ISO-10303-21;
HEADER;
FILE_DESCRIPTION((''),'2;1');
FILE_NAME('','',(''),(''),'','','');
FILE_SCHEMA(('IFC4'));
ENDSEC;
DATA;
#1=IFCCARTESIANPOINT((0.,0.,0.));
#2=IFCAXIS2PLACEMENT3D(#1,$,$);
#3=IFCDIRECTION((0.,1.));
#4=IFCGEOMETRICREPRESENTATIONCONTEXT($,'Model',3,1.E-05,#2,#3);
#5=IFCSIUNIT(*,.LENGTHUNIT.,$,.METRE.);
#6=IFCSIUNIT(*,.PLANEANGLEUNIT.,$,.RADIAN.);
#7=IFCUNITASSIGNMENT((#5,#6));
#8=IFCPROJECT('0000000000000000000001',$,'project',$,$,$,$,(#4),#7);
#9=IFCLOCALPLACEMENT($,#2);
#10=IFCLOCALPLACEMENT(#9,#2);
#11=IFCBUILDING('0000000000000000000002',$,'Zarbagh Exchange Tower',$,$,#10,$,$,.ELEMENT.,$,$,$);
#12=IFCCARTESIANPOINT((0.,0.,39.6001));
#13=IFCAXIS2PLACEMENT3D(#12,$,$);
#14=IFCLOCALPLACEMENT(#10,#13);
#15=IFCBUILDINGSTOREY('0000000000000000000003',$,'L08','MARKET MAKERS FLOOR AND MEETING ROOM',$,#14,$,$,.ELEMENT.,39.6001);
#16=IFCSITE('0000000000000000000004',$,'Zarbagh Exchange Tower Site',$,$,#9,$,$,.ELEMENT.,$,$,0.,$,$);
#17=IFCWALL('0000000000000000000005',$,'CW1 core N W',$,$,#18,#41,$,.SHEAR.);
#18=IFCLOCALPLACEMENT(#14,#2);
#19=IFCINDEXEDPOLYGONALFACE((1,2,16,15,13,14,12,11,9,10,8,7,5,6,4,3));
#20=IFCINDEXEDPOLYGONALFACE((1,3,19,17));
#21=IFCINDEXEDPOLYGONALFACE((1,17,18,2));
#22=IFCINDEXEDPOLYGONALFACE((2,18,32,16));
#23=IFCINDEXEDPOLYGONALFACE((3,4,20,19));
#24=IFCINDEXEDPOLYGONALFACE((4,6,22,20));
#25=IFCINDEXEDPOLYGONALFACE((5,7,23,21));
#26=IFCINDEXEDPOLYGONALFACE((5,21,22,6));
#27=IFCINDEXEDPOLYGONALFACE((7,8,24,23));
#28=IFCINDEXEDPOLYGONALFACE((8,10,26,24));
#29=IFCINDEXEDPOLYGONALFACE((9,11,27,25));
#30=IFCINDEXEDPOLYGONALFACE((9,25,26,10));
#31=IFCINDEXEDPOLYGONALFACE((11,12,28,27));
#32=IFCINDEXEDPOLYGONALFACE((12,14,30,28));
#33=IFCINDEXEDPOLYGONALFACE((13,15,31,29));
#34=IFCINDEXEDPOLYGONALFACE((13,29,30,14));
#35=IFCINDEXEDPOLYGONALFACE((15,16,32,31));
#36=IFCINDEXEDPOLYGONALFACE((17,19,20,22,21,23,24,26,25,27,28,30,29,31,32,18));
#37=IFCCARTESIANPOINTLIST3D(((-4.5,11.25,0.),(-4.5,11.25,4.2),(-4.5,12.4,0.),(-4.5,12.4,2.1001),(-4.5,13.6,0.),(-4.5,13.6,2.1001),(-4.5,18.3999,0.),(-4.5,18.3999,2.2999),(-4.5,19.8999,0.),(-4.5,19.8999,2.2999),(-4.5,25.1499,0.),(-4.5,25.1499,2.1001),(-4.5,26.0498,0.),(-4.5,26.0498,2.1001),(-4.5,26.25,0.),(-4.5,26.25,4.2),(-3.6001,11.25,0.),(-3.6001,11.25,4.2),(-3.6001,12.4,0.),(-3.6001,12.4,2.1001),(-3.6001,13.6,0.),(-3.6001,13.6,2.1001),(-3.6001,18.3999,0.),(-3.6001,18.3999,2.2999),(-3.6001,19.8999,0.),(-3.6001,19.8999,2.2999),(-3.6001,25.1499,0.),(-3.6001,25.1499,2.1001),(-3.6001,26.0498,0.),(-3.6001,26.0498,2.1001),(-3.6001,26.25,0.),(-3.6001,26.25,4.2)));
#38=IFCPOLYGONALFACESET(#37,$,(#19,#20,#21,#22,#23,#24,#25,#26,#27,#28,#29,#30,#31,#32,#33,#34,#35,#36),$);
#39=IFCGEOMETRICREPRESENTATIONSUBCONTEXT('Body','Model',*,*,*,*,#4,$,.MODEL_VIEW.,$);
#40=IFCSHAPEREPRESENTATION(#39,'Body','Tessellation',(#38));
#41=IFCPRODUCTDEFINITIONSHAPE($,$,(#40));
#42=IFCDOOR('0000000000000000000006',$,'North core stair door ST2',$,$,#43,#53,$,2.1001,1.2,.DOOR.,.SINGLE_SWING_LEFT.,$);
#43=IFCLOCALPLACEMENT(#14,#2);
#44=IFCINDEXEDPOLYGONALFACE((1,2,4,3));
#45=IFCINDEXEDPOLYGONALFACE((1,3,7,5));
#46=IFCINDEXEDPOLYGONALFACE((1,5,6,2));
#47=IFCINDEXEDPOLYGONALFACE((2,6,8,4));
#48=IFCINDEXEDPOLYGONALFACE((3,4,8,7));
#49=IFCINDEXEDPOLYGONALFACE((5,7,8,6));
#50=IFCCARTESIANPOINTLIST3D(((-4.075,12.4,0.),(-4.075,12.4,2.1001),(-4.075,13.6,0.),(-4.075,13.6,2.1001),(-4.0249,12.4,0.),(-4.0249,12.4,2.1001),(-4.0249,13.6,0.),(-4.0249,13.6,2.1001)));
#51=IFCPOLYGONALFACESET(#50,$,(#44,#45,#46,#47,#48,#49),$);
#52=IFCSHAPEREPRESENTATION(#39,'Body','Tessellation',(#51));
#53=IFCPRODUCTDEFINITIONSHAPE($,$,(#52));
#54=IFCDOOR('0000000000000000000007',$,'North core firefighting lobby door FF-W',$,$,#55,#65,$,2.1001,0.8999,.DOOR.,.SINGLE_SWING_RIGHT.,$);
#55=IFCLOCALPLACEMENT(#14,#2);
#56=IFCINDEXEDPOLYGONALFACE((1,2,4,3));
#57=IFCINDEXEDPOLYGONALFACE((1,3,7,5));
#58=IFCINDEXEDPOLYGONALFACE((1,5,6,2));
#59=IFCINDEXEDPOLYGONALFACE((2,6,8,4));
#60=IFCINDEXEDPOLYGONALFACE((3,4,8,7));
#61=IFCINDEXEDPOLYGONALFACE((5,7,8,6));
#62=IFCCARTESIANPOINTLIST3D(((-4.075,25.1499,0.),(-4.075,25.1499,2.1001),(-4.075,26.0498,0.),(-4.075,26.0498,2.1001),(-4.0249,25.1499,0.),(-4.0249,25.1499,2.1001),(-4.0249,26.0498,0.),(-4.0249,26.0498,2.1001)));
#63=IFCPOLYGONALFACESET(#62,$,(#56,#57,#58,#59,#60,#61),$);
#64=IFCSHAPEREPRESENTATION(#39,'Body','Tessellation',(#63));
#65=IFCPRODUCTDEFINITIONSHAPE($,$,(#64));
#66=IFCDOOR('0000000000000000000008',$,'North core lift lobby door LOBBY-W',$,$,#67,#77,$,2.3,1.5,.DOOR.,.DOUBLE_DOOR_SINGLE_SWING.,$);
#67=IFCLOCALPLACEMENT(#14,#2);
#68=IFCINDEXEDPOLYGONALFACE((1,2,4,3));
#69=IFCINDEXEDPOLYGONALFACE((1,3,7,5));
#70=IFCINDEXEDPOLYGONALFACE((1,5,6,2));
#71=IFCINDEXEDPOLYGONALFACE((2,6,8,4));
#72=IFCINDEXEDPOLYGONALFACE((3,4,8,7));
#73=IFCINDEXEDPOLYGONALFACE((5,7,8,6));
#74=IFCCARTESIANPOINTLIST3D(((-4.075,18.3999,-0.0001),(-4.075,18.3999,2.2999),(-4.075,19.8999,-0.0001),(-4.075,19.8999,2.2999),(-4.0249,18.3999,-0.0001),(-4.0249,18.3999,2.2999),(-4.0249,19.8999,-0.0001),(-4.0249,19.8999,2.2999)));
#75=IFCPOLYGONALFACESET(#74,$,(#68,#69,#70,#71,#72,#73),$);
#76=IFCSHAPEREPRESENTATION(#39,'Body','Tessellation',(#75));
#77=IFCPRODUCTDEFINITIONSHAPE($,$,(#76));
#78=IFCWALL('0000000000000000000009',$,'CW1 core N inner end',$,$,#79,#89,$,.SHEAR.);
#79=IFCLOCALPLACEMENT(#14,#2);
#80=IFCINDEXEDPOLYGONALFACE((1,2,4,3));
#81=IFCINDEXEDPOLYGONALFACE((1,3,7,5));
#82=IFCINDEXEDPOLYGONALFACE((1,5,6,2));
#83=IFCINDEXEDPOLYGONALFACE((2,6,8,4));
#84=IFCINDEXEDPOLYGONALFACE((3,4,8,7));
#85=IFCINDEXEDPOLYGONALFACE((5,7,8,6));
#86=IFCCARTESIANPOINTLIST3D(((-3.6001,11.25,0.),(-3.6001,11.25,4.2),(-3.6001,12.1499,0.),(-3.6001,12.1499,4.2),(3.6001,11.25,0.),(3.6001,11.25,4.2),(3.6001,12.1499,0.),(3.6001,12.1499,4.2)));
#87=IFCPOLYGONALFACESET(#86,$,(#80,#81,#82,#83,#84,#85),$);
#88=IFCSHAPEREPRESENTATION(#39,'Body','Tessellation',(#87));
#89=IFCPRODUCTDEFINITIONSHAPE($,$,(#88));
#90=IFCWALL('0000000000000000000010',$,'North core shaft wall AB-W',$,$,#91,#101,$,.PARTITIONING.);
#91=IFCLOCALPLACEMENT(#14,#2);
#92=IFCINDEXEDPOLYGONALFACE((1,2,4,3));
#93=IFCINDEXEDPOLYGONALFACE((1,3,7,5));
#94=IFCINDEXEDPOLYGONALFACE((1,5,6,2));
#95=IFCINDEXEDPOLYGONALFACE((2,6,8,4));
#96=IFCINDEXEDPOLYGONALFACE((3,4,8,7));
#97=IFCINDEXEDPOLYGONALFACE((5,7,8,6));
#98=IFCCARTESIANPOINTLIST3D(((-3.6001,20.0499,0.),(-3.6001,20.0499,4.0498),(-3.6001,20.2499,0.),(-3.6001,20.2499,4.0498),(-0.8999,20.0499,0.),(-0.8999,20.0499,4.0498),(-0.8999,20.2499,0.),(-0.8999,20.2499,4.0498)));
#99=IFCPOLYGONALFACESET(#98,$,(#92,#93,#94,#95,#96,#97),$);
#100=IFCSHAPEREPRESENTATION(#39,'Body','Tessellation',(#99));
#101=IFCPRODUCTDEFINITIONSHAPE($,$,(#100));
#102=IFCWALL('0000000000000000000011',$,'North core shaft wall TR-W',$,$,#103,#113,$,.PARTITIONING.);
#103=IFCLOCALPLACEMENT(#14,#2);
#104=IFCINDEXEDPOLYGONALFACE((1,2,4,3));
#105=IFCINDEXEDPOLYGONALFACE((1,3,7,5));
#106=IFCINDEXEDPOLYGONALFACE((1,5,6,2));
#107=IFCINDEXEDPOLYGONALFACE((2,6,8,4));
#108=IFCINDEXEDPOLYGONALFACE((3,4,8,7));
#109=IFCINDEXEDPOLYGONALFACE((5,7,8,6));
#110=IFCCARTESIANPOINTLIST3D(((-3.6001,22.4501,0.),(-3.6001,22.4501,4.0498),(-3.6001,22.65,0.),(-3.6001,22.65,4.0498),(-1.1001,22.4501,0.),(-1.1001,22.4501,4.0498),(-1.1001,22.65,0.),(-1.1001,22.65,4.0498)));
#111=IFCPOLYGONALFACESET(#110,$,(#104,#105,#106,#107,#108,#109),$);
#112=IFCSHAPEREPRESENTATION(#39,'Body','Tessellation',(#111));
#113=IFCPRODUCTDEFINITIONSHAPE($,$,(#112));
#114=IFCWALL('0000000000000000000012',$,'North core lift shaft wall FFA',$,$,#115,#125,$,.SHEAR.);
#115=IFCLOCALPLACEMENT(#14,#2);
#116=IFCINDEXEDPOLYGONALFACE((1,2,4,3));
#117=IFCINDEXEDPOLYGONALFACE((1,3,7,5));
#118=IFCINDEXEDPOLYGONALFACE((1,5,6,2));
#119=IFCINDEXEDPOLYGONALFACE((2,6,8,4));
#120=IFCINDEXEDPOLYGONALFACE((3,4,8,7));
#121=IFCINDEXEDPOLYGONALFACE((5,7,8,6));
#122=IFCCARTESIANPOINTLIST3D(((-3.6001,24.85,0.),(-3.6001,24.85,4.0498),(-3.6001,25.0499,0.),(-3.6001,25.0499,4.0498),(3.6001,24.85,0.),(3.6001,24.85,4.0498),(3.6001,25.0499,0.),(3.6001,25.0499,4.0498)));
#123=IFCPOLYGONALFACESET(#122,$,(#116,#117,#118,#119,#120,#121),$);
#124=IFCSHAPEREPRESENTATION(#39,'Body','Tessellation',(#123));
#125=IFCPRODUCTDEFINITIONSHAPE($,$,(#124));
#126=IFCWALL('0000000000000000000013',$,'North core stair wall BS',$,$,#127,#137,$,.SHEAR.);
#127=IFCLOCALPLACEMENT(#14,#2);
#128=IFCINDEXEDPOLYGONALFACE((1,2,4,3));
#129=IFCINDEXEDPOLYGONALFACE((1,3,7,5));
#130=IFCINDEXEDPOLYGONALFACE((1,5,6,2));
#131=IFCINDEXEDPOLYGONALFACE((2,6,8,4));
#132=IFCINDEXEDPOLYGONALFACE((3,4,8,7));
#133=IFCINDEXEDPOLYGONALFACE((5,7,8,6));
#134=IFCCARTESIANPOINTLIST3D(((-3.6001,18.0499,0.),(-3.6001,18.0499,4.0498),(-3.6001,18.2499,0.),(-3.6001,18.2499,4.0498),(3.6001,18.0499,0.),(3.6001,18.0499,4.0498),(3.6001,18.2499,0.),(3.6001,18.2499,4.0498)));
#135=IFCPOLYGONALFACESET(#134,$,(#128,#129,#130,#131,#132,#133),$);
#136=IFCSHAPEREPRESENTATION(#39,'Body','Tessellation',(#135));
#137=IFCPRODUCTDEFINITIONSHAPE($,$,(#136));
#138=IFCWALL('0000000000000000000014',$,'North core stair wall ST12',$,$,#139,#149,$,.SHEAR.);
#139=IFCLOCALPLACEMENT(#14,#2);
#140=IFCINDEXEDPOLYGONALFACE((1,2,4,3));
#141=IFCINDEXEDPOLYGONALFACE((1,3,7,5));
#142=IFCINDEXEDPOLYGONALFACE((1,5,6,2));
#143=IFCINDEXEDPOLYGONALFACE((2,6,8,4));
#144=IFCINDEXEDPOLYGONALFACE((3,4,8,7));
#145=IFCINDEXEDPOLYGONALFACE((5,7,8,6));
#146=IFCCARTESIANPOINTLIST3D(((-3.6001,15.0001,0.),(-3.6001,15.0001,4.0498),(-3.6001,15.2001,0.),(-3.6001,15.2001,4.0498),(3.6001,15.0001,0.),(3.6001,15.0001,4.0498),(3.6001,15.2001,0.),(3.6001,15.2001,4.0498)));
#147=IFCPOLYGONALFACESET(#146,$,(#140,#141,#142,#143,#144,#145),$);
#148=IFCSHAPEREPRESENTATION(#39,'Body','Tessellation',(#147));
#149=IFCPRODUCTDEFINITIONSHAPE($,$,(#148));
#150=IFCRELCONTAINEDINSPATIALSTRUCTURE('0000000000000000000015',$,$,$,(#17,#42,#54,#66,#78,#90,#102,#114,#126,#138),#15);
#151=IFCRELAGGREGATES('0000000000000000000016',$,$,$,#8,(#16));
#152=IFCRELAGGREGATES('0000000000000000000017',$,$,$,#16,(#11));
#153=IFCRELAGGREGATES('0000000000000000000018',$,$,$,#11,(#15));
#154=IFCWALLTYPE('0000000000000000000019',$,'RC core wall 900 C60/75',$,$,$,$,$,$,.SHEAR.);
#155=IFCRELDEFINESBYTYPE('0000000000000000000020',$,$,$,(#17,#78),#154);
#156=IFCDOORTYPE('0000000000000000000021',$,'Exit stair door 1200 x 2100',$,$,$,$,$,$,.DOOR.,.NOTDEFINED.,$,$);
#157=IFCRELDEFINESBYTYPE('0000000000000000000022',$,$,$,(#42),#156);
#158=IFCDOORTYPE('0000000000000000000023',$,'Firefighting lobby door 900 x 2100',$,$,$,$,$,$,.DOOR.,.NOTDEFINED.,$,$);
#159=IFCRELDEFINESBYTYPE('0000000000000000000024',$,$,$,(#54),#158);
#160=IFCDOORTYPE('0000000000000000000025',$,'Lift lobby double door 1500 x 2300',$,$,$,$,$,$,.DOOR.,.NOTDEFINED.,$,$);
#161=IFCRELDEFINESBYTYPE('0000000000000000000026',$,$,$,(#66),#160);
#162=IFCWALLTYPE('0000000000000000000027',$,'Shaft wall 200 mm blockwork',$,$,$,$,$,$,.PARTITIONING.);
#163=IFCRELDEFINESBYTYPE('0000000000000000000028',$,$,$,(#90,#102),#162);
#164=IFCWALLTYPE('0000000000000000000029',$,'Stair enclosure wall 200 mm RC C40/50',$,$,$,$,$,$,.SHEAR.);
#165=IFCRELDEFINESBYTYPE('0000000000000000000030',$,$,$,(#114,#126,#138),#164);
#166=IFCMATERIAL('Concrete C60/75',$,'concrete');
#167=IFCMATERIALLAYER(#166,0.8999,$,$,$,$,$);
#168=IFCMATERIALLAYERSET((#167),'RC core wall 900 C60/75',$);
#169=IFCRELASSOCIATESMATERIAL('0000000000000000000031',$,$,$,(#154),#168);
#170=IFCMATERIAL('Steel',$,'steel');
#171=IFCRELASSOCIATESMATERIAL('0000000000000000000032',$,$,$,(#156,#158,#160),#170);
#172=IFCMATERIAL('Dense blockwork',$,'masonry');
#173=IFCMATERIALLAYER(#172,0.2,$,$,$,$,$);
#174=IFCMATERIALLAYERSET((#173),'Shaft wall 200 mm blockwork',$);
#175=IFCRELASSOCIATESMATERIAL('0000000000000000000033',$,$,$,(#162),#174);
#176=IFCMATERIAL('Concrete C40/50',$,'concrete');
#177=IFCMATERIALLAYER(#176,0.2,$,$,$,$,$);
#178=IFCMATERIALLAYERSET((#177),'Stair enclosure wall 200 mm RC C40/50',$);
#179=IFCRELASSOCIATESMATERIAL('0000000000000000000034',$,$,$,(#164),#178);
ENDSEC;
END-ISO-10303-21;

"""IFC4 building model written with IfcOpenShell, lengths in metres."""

from ifc_helpers import new_model, si_unit, direction, frame, frame_2d, origin, place, context, subcontext, project, spatial, rectangle, extrude, material, layer, layer_set, type_object, element, fill, save


model = new_model("IFC4")

# Units and contexts
model_context = context("Model", 3, precision=1e-05, world=origin(), true_north=direction((0.0, 1.0)))
body_context = subcontext(model_context, "Body", "Model", "MODEL_VIEW")
ifc_project = project(units=[si_unit("LENGTHUNIT", "METRE"), si_unit("PLANEANGLEUNIT", "RADIAN")], contexts=[model_context])

# Site, building, storey
site_placement = place(None, origin())
site = spatial("IfcSite", under=ifc_project, at=site_placement, Name="Zarbagh Exchange Tower Site", CompositionType="ELEMENT", RefElevation=0.0)
building_placement = place(site_placement, origin())
building = spatial("IfcBuilding", under=site, at=building_placement, Name="Zarbagh Exchange Tower", CompositionType="ELEMENT")
storey_placement = place(building_placement, frame((0.0, 0.0, 39.6001)))
storey = spatial("IfcBuildingStorey", under=building, at=storey_placement, Name="L08", Description="MARKET MAKERS FLOOR AND MEETING ROOM", CompositionType="ELEMENT", Elevation=39.6001)

# Shared definitions
ifc_material_1 = material(Name="Concrete C60/75", Category="concrete")

# Wall, openings, doors
ifc_layer_1 = layer(ifc_material_1, 0.8999)
ifc_layer_set_1 = layer_set([ifc_layer_1], Name="RC core wall 900 C60/75")
wall_type_1 = type_object("IfcWallType", Name="RC core wall 900 C60/75", PredefinedType="SHEAR", material=ifc_layer_set_1)
wall_1_placement = place(storey_placement, frame((-4.05, 11.25, 0.0), z_axis=(0.0, 0.0, 1.0), x_axis=(0.0, 1.0, 0.0)))
wall_1 = element("IfcWall", 1, at=wall_1_placement, inside=storey, type_object=wall_type_1, Name="CW1 core N W", PredefinedType="SHEAR", context=body_context, shape_type="SweptSolid", body=[
    extrude(rectangle(XDim=15.0, YDim=0.8999, at=frame_2d((7.5, 0.0))), origin(), (0.0, 0.0, 1.0), 4.2),
])
opening_1_placement = place(wall_1_placement, frame((7.1499, 0.0, 0.0)))
opening_1 = element("IfcOpeningElement", 2, at=opening_1_placement, cuts=wall_1, PredefinedType="OPENING", context=body_context, shape_type="SweptSolid", body=[
    extrude(rectangle(XDim=1.5, YDim=2.3, at=frame_2d((0.75, 1.1499))), frame((0.0, 0.46, 0.0), z_axis=(0.0, -1.0, 0.0), x_axis=(1.0, 0.0, 0.0)), (0.0, 0.0, 1.0), 0.9199),
])
opening_2_placement = place(wall_1_placement, frame((13.8999, 0.0, 0.0)))
opening_2 = element("IfcOpeningElement", 3, at=opening_2_placement, cuts=wall_1, PredefinedType="OPENING", context=body_context, shape_type="SweptSolid", body=[
    extrude(rectangle(XDim=0.8999, YDim=2.1001, at=frame_2d((0.45, 1.05))), frame((0.0, 0.46, 0.0), z_axis=(0.0, -1.0, 0.0), x_axis=(1.0, 0.0, 0.0)), (0.0, 0.0, 1.0), 0.9199),
])
opening_3_placement = place(wall_1_placement, frame((1.1499, 0.0, 0.0)))
opening_3 = element("IfcOpeningElement", 4, at=opening_3_placement, cuts=wall_1, PredefinedType="OPENING", context=body_context, shape_type="SweptSolid", body=[
    extrude(rectangle(XDim=1.2, YDim=2.1001, at=frame_2d((0.6001, 1.05))), frame((0.0, 0.46, 0.0), z_axis=(0.0, -1.0, 0.0), x_axis=(1.0, 0.0, 0.0)), (0.0, 0.0, 1.0), 0.9199),
])
ifc_material_2 = material(Name="Steel", Category="steel")
door_type_1 = type_object("IfcDoorType", Name="Exit stair door 1200 x 2100", OperationType="NOTDEFINED", PredefinedType="DOOR", material=ifc_material_2)
door_1_placement = place(opening_3_placement, origin())
door_1 = element("IfcDoor", 5, at=door_1_placement, inside=storey, type_object=door_type_1, Name="North core stair door ST2", OperationType="SINGLE_SWING_LEFT", OverallHeight=2.1001, OverallWidth=1.2, PredefinedType="DOOR", context=body_context, shape_type="SweptSolid", body=[
    extrude(rectangle(XDim=1.2, YDim=2.1001, at=frame_2d((0.6001, 1.05))), frame((0.0, 0.0249, 0.0), z_axis=(0.0, -1.0, 0.0), x_axis=(1.0, 0.0, 0.0)), (0.0, 0.0, 1.0), 0.05),
])
fill(opening_3, door_1)
door_type_2 = type_object("IfcDoorType", Name="Firefighting lobby door 900 x 2100", OperationType="NOTDEFINED", PredefinedType="DOOR", material=ifc_material_2)
door_2_placement = place(opening_2_placement, origin())
door_2 = element("IfcDoor", 6, at=door_2_placement, inside=storey, type_object=door_type_2, Name="North core firefighting lobby door FF-W", OperationType="SINGLE_SWING_RIGHT", OverallHeight=2.1001, OverallWidth=0.8999, PredefinedType="DOOR", context=body_context, shape_type="SweptSolid", body=[
    extrude(rectangle(XDim=0.8999, YDim=2.1001, at=frame_2d((0.45, 1.05))), frame((0.0, 0.0249, 0.0), z_axis=(0.0, -1.0, 0.0), x_axis=(1.0, 0.0, 0.0)), (0.0, 0.0, 1.0), 0.05),
])
fill(opening_2, door_2)
door_type_3 = type_object("IfcDoorType", Name="Lift lobby double door 1500 x 2300", OperationType="NOTDEFINED", PredefinedType="DOOR", material=ifc_material_2)
door_3_placement = place(opening_1_placement, origin())
door_3 = element("IfcDoor", 7, at=door_3_placement, inside=storey, type_object=door_type_3, Name="North core lift lobby door LOBBY-W", OperationType="DOUBLE_DOOR_SINGLE_SWING", OverallHeight=2.3, OverallWidth=1.5, PredefinedType="DOOR", context=body_context, shape_type="SweptSolid", body=[
    extrude(rectangle(XDim=1.5, YDim=2.3, at=frame_2d((0.75, 1.1499))), frame((0.0, 0.0249, 0.0), z_axis=(0.0, -1.0, 0.0), x_axis=(1.0, 0.0, 0.0)), (0.0, 0.0, 1.0), 0.05),
])
fill(opening_1, door_3)

# Walls
wall_2_placement = place(storey_placement, frame((-3.6001, 11.7, 0.0), z_axis=(0.0, 0.0, 1.0), x_axis=(1.0, 0.0, 0.0)))
element("IfcWall", 8, at=wall_2_placement, inside=storey, type_object=wall_type_1, Name="CW1 core N inner end", PredefinedType="SHEAR", context=body_context, shape_type="SweptSolid", body=[
    extrude(rectangle(XDim=7.2002, YDim=0.8999, at=frame_2d((3.6001, 0.0))), origin(), (0.0, 0.0, 1.0), 4.2),
])
ifc_material_3 = material(Name="Dense blockwork", Category="masonry")
ifc_layer_2 = layer(ifc_material_3, 0.2)
ifc_layer_set_2 = layer_set([ifc_layer_2], Name="Shaft wall 200 mm blockwork")
wall_type_2 = type_object("IfcWallType", Name="Shaft wall 200 mm blockwork", PredefinedType="PARTITIONING", material=ifc_layer_set_2)
wall_3_placement = place(storey_placement, frame((-3.6001, 20.1499, 0.0), z_axis=(0.0, 0.0, 1.0), x_axis=(1.0, 0.0, 0.0)))
element("IfcWall", 9, at=wall_3_placement, inside=storey, type_object=wall_type_2, Name="North core shaft wall AB-W", PredefinedType="PARTITIONING", context=body_context, shape_type="SweptSolid", body=[
    extrude(rectangle(XDim=2.7002, YDim=0.2, at=frame_2d((1.3501, 0.0))), origin(), (0.0, 0.0, 1.0), 4.0498),
])
wall_4_placement = place(storey_placement, frame((-3.6001, 22.55, 0.0), z_axis=(0.0, 0.0, 1.0), x_axis=(1.0, 0.0, 0.0)))
element("IfcWall", 10, at=wall_4_placement, inside=storey, type_object=wall_type_2, Name="North core shaft wall TR-W", PredefinedType="PARTITIONING", context=body_context, shape_type="SweptSolid", body=[
    extrude(rectangle(XDim=2.5, YDim=0.2, at=frame_2d((1.25, 0.0))), origin(), (0.0, 0.0, 1.0), 4.0498),
])
ifc_material_4 = material(Name="Concrete C40/50", Category="concrete")
ifc_layer_3 = layer(ifc_material_4, 0.2)
ifc_layer_set_3 = layer_set([ifc_layer_3], Name="Stair enclosure wall 200 mm RC C40/50")
wall_type_3 = type_object("IfcWallType", Name="Stair enclosure wall 200 mm RC C40/50", PredefinedType="SHEAR", material=ifc_layer_set_3)
for number, where, z_axis, x_axis, name in (
    (11, (-3.6001, 24.95, 0.0), (0.0, 0.0, 1.0), (1.0, 0.0, 0.0), "North core lift shaft wall FFA"),
    (12, (-3.6001, 18.1499, 0.0), (0.0, 0.0, 1.0), (1.0, 0.0, 0.0), "North core stair wall BS"),
    (13, (-3.6001, 15.1001, 0.0), (0.0, 0.0, 1.0), (1.0, 0.0, 0.0), "North core stair wall ST12"),
):
    element("IfcWall", number, at=place(storey_placement, frame(where, z_axis=z_axis, x_axis=x_axis)), inside=storey, type_object=wall_type_3, Name=name, PredefinedType="SHEAR", context=body_context, shape_type="SweptSolid", body=[
        extrude(rectangle(XDim=7.2002, YDim=0.2, at=frame_2d((3.6001, 0.0))), origin(), (0.0, 0.0, 1.0), 4.0498),
    ])

save(model, "model.ifc")
